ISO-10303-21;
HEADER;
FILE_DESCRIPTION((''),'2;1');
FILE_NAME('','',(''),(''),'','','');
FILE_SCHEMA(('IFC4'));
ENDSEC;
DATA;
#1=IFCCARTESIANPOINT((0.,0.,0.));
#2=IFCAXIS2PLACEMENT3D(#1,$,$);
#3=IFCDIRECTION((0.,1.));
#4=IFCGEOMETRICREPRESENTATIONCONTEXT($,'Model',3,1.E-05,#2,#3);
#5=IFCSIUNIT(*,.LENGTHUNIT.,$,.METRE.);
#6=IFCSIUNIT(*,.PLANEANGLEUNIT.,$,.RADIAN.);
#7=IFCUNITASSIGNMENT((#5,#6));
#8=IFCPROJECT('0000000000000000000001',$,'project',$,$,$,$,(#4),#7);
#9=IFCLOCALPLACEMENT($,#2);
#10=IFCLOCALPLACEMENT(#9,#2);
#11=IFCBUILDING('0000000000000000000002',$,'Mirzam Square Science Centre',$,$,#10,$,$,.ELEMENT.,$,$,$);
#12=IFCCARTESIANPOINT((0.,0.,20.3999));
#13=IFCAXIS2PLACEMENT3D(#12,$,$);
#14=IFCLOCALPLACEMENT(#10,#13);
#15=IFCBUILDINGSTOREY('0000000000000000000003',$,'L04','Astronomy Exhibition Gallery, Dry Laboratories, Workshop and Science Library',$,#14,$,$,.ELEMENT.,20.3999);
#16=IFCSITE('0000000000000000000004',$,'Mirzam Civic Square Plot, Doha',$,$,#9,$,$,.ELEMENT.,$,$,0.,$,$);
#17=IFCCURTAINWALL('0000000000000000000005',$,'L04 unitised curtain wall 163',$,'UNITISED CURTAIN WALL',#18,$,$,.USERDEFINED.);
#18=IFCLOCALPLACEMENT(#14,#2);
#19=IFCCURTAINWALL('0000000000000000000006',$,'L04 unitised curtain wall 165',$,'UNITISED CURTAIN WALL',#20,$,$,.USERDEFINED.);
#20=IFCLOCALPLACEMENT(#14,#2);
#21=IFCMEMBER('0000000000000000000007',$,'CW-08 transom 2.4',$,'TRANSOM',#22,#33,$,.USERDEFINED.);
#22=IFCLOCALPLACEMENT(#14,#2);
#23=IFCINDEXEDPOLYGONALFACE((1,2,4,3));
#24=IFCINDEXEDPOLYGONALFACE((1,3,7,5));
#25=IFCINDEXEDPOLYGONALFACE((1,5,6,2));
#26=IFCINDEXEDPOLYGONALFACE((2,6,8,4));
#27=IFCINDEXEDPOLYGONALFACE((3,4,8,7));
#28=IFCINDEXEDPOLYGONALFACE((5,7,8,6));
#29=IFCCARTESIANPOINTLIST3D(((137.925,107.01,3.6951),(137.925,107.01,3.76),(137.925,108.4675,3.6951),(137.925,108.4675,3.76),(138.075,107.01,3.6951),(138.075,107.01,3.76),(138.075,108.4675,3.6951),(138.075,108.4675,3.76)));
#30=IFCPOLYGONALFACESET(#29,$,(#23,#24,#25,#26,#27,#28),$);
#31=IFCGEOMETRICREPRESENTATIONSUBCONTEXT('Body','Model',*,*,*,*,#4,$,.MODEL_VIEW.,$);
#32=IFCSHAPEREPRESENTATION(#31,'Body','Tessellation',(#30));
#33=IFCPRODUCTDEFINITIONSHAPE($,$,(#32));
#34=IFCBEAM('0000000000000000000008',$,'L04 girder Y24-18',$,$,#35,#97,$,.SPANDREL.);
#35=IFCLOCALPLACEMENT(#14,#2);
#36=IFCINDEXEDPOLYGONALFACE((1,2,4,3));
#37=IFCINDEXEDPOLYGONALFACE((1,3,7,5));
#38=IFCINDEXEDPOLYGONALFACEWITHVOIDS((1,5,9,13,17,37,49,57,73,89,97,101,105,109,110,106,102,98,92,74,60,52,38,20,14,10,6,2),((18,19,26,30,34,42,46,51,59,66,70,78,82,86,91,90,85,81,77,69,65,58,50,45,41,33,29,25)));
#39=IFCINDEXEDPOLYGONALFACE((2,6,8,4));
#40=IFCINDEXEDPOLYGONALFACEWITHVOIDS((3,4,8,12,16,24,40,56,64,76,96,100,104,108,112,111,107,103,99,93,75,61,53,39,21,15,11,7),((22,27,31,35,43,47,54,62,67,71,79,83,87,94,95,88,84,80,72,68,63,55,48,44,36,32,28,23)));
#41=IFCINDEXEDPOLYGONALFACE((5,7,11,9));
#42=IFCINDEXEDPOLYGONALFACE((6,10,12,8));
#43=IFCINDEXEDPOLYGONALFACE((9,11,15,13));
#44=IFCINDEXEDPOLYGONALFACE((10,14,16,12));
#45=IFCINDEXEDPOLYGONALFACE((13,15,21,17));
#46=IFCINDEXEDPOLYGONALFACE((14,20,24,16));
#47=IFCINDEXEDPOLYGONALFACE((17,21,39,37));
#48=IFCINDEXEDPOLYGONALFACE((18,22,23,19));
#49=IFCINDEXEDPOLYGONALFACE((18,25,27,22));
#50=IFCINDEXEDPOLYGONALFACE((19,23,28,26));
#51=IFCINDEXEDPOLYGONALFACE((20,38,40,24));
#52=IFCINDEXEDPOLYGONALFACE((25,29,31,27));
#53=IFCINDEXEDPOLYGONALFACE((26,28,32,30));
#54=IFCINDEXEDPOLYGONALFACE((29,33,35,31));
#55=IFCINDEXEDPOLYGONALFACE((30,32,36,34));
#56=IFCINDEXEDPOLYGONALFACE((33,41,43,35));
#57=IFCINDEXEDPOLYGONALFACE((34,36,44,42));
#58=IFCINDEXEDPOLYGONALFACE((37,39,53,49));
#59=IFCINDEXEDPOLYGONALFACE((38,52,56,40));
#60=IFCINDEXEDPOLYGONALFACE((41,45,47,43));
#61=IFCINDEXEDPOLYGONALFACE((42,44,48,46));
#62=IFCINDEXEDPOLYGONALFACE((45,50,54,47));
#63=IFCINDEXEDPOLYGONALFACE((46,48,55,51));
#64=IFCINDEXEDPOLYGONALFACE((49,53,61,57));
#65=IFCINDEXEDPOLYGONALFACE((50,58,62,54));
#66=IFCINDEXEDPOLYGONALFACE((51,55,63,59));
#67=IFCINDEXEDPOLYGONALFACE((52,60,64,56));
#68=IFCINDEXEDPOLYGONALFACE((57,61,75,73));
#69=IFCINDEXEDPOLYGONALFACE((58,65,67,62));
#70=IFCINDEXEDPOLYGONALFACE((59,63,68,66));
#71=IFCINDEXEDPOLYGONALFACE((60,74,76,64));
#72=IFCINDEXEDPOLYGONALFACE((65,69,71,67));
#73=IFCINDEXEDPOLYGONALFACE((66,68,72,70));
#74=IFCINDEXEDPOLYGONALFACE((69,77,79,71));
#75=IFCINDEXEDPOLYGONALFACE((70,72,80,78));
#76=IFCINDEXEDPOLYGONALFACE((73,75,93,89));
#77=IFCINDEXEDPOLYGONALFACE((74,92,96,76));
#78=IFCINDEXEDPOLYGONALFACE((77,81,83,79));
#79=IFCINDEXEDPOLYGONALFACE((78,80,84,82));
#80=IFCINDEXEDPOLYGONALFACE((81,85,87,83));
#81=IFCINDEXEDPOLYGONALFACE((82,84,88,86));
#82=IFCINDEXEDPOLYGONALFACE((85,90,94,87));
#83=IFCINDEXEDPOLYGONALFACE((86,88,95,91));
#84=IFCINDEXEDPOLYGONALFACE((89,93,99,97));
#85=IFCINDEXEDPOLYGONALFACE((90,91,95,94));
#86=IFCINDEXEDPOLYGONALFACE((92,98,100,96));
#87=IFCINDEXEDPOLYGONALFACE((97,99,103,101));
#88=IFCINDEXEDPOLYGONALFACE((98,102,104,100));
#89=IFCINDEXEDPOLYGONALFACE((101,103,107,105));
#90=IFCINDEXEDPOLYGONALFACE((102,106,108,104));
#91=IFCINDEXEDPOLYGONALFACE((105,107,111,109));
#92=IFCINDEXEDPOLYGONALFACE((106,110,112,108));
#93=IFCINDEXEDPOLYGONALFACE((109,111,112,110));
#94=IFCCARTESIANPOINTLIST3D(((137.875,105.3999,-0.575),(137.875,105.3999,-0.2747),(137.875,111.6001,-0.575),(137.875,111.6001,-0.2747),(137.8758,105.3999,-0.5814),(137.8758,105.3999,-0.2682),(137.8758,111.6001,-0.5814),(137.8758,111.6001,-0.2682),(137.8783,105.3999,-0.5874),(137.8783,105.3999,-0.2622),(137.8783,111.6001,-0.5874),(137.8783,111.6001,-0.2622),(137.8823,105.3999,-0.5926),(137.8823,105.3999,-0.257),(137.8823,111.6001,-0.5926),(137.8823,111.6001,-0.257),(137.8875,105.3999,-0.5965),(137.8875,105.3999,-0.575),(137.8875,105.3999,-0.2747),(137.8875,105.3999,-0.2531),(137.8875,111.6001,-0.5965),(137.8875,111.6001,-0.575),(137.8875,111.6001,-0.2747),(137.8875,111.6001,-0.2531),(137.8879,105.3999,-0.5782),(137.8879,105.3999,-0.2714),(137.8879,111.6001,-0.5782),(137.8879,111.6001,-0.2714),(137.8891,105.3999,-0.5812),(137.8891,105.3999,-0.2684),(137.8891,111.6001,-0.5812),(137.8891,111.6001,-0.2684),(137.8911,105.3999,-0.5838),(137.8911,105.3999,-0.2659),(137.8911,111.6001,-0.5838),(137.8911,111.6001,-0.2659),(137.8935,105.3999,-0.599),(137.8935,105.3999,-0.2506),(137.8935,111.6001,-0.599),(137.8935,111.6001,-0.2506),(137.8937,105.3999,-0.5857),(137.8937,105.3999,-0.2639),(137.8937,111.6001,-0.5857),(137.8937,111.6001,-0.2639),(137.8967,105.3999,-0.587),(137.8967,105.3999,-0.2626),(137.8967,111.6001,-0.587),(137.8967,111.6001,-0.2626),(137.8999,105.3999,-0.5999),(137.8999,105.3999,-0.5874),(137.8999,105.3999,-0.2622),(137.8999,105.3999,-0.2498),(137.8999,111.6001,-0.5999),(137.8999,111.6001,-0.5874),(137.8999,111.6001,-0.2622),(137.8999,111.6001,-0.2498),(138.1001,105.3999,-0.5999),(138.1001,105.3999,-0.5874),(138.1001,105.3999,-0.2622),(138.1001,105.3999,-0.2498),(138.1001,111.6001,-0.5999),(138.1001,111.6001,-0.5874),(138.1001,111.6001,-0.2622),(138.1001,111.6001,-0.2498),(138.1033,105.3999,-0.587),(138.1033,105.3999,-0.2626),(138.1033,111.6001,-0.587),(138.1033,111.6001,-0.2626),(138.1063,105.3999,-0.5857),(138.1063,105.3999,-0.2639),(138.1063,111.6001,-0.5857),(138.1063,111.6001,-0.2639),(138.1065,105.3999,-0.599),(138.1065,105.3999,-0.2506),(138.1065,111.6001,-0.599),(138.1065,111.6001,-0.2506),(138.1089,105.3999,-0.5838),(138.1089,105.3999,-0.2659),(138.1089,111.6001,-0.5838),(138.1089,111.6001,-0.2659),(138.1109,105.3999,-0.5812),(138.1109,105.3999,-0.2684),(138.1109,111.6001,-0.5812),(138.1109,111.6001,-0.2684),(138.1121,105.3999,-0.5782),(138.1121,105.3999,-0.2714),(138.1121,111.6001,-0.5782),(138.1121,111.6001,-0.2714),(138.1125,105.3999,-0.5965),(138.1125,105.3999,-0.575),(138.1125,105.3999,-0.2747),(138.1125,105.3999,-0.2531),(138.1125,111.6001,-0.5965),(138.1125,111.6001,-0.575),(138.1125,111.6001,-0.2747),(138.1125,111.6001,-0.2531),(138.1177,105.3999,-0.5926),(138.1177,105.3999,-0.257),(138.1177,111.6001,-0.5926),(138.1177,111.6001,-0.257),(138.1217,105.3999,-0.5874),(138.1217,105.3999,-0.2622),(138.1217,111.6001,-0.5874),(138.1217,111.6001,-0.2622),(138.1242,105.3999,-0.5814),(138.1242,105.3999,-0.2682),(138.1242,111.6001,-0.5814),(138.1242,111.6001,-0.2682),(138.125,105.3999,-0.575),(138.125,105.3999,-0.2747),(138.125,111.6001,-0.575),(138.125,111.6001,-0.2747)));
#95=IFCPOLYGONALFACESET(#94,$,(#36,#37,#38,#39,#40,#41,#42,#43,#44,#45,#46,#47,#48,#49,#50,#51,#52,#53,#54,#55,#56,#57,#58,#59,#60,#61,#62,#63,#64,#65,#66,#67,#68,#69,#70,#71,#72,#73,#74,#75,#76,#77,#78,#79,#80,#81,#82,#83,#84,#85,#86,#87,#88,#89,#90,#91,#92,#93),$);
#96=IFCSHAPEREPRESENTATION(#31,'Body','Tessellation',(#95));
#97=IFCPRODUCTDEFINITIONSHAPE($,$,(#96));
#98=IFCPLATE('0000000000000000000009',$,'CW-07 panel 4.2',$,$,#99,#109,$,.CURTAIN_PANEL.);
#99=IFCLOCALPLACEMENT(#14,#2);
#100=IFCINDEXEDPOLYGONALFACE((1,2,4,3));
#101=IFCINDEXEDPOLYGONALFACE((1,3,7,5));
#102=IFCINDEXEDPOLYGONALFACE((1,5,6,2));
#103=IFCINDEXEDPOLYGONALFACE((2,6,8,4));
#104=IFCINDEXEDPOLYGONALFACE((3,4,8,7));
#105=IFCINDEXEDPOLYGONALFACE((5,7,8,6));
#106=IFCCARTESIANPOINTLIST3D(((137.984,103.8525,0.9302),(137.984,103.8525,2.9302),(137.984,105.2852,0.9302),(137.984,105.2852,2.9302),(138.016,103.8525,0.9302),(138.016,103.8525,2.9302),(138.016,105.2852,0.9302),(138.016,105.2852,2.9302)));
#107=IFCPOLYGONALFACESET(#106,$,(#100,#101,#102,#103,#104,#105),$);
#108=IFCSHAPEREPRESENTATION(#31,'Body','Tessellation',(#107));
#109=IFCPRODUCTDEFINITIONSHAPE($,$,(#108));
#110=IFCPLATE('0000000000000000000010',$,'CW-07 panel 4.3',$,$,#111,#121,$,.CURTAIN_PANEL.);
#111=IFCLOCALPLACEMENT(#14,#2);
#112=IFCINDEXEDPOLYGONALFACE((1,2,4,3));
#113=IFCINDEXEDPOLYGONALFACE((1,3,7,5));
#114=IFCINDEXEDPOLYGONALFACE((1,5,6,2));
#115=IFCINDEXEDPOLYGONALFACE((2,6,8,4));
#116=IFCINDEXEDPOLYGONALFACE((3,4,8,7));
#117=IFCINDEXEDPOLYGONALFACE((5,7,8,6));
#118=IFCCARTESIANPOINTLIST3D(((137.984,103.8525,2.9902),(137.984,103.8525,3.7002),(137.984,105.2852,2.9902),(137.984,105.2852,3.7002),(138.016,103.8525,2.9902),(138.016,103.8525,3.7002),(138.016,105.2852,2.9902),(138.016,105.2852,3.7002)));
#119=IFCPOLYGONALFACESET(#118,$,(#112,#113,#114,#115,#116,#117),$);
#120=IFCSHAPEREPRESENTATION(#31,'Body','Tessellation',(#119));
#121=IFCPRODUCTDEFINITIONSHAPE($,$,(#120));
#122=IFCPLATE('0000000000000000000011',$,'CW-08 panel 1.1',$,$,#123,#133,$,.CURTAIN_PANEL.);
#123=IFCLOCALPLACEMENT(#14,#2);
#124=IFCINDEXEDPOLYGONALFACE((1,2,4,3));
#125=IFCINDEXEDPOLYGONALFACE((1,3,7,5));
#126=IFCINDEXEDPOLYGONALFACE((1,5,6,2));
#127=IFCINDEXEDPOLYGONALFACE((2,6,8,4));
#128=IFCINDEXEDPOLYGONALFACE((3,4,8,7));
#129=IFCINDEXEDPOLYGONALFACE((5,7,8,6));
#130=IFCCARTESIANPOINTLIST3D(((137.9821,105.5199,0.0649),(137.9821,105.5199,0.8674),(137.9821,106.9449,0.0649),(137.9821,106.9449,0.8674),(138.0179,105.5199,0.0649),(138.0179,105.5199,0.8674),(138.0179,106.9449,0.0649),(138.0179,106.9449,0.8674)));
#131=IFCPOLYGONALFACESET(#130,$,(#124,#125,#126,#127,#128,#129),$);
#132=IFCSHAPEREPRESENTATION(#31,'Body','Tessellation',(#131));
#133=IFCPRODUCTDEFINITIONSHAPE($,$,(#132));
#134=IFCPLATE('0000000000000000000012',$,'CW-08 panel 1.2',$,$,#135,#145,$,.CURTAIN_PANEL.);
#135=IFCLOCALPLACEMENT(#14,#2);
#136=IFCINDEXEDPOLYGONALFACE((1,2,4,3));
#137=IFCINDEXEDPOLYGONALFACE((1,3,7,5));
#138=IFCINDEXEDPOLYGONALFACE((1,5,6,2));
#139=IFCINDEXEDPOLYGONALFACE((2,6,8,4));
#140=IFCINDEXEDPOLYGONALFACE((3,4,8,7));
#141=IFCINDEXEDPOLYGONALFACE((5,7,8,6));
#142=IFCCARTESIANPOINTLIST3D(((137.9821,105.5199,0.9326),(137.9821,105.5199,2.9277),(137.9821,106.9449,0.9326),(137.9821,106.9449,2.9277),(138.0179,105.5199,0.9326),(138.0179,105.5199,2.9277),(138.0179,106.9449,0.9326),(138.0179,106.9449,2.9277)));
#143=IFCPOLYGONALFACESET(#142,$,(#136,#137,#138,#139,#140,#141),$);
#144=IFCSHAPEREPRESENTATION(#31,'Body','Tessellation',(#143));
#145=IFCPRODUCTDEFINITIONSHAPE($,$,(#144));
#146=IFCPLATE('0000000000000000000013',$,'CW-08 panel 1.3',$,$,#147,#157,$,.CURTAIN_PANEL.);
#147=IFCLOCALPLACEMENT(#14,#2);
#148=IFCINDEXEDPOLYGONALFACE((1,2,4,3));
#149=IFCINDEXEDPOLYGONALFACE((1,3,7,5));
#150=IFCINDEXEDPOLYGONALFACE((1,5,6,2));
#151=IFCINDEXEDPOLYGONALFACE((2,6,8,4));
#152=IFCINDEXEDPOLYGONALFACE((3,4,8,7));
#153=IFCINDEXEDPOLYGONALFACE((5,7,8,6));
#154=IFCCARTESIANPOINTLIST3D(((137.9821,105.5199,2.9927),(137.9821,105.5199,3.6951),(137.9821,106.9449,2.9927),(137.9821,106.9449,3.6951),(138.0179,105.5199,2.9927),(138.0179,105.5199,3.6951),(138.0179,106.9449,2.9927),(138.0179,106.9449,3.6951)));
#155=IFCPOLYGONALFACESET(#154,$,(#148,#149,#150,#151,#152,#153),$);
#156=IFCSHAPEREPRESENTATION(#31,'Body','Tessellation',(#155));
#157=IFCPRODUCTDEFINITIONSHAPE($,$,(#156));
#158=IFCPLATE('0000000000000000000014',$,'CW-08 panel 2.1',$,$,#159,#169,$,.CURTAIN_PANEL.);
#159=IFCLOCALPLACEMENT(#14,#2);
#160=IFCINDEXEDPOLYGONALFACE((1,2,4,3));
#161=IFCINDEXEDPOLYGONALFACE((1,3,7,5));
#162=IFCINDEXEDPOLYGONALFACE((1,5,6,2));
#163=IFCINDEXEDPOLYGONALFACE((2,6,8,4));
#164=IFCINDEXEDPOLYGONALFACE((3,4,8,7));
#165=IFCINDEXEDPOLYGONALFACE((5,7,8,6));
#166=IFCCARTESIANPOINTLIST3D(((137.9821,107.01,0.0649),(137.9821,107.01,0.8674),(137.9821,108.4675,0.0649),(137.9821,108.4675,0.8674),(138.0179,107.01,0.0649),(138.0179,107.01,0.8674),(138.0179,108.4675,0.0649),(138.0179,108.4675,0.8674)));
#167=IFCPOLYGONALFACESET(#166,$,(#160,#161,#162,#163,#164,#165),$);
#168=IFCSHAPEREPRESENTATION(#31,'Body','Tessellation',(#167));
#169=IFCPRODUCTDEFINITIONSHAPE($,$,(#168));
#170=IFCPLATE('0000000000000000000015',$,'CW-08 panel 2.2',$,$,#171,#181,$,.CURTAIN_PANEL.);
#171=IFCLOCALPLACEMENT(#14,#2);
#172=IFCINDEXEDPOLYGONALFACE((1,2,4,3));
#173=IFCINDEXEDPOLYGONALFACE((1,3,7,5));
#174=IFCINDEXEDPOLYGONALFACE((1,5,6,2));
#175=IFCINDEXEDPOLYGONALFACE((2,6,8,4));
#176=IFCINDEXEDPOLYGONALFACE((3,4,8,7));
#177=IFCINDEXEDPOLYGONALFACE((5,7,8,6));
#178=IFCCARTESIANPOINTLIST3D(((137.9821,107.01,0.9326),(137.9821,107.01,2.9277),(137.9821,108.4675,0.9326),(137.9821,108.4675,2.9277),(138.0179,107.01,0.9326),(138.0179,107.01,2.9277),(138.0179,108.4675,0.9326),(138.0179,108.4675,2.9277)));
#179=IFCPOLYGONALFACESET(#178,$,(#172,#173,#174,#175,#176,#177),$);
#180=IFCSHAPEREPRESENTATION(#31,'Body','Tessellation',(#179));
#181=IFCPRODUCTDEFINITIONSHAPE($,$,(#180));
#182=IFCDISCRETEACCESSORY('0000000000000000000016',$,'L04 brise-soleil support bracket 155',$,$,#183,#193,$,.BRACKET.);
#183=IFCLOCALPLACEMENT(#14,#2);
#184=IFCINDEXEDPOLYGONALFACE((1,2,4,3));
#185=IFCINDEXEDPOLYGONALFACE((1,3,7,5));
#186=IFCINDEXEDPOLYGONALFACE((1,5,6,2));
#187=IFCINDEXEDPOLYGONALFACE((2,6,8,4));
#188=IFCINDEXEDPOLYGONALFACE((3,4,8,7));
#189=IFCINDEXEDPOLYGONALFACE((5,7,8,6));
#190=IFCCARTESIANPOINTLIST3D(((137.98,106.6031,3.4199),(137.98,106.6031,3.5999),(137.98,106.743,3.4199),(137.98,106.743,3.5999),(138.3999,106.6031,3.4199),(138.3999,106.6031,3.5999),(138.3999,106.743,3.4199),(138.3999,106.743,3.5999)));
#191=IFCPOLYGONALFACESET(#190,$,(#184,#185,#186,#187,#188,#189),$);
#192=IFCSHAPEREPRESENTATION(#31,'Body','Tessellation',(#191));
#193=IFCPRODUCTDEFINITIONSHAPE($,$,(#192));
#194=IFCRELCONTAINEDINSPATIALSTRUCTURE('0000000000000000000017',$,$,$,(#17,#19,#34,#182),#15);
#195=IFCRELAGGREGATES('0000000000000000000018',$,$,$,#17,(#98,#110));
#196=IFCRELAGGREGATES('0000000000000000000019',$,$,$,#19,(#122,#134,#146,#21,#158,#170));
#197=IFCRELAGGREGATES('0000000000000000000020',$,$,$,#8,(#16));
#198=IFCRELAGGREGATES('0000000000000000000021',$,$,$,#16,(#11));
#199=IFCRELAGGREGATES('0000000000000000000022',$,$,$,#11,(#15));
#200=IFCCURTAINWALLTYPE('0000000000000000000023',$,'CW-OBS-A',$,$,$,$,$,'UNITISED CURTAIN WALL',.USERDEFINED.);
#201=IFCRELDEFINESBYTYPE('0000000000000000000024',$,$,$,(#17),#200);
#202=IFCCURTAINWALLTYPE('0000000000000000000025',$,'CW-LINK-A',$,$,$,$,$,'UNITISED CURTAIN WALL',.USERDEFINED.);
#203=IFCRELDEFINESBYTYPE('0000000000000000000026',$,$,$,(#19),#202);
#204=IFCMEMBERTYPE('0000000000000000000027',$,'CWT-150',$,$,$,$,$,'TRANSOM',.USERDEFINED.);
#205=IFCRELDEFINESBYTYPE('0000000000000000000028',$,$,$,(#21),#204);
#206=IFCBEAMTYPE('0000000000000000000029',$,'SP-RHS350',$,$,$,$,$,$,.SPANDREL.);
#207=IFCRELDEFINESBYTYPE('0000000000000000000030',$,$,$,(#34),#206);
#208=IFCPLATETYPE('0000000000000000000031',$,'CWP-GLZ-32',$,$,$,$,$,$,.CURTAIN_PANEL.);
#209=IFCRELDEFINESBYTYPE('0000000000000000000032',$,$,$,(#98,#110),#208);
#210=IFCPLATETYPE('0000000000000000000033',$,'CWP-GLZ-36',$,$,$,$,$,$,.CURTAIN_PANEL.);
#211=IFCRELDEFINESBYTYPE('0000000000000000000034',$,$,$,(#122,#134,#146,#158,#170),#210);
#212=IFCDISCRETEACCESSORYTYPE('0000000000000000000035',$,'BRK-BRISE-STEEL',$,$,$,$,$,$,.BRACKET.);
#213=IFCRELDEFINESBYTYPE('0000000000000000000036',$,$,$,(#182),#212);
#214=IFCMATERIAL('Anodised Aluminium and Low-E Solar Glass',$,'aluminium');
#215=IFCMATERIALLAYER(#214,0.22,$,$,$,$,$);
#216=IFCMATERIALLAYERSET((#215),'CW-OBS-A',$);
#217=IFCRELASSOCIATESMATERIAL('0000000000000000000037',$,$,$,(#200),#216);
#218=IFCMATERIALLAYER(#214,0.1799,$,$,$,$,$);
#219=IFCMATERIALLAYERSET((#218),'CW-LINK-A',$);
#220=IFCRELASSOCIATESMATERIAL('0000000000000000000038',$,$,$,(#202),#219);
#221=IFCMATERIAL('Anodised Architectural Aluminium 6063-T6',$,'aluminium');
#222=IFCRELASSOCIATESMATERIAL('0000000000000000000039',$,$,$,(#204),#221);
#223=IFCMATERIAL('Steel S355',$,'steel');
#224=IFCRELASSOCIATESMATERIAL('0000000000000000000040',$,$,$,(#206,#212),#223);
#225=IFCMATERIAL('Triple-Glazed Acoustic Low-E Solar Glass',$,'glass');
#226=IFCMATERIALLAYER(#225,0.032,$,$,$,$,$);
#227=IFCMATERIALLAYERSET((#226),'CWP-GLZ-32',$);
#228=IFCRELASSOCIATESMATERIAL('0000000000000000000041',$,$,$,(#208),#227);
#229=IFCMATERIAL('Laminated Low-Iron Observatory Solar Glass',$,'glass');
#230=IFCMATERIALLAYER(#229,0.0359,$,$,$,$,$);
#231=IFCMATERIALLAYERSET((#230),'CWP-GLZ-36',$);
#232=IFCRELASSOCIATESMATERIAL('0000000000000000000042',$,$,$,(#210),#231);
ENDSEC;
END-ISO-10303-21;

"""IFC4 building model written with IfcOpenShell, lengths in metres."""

from ifc_helpers import new_model, si_unit, direction, frame, origin, origin_2d, place, context, subcontext, project, spatial, rectangle, hollow_rectangle, extrude, material, layer, layer_set, material_profile, profile_set, type_object, element, aggregate, save


model = new_model("IFC4")

# Units and contexts
model_context = context("Model", 3, precision=1e-05, world=origin(), true_north=direction((0.0, 1.0)))
body_context = subcontext(model_context, "Body", "Model", "MODEL_VIEW")
ifc_project = project(units=[si_unit("LENGTHUNIT", "METRE"), si_unit("PLANEANGLEUNIT", "RADIAN")], contexts=[model_context])

# Site, building, storey
site_placement = place(None, origin())
site = spatial("IfcSite", under=ifc_project, at=site_placement, Name="Mirzam Civic Square Plot, Doha", CompositionType="ELEMENT", RefElevation=0.0)
building_placement = place(site_placement, origin())
building = spatial("IfcBuilding", under=site, at=building_placement, Name="Mirzam Square Science Centre", CompositionType="ELEMENT")
storey_placement = place(building_placement, frame((0.0, 0.0, 20.3999)))
storey = spatial("IfcBuildingStorey", under=building, at=storey_placement, Name="L04", Description="Astronomy Exhibition Gallery, Dry Laboratories, Workshop and Science Library", CompositionType="ELEMENT", Elevation=20.3999)

# Shared definitions
ifc_material_1 = material(Name="Steel S355", Category="steel")

# Curtain wall
ifc_material_2 = material(Name="Anodised Aluminium and Low-E Solar Glass", Category="aluminium")
ifc_layer_1 = layer(ifc_material_2, 0.22)
ifc_layer_set_1 = layer_set([ifc_layer_1], Name="CW-OBS-A")
curtain_wall_type_1 = type_object("IfcCurtainWallType", Name="CW-OBS-A", ElementType="UNITISED CURTAIN WALL", PredefinedType="USERDEFINED", material=ifc_layer_set_1)
curtain_wall_1_placement = place(storey_placement, origin())
curtain_wall_1 = element("IfcCurtainWall", 1, at=curtain_wall_1_placement, inside=storey, type_object=curtain_wall_type_1, Name="L04 unitised curtain wall 163", ObjectType="UNITISED CURTAIN WALL", PredefinedType="USERDEFINED")
ifc_material_3 = material(Name="Anodised Architectural Aluminium 6063-T6", Category="aluminium")

# Curtain wall, member
ifc_layer_2 = layer(ifc_material_2, 0.1799)
ifc_layer_set_2 = layer_set([ifc_layer_2], Name="CW-LINK-A")
curtain_wall_type_2 = type_object("IfcCurtainWallType", Name="CW-LINK-A", ElementType="UNITISED CURTAIN WALL", PredefinedType="USERDEFINED", material=ifc_layer_set_2)
curtain_wall_2_placement = place(storey_placement, origin())
curtain_wall_2 = element("IfcCurtainWall", 2, at=curtain_wall_2_placement, inside=storey, type_object=curtain_wall_type_2, Name="L04 unitised curtain wall 165", ObjectType="UNITISED CURTAIN WALL", PredefinedType="USERDEFINED")
ifc_material_profile_1 = material_profile(ifc_material_3, rectangle(XDim=0.1499, YDim=0.0649, at=origin_2d()), Name="ALU-TRAN-150x65x4")
ifc_profile_set_1 = profile_set([ifc_material_profile_1], Name="Anodised Architectural Aluminium 6063-T6")
member_type_1 = type_object("IfcMemberType", Name="CWT-150", ElementType="TRANSOM", PredefinedType="USERDEFINED", material=ifc_profile_set_1)
member_1_placement = place(storey_placement, frame((138.0, 107.01, 3.7275), z_axis=(0.0, 1.0, 0.0), x_axis=(-1.0, 0.0, 0.0)))
member_1 = element("IfcMember", 3, at=member_1_placement, type_object=member_type_1, Name="CW-08 transom 2.4", ObjectType="TRANSOM", PredefinedType="USERDEFINED", context=body_context, shape_type="SweptSolid", body=[
    extrude(rectangle(XDim=0.1499, YDim=0.0649, at=origin_2d()), origin(), (0.0, 0.0, 1.0), 1.4575),
])

# Beam
ifc_material_profile_2 = material_profile(ifc_material_1, hollow_rectangle(XDim=0.25, YDim=0.3501, WallThickness=0.0125, InnerFilletRadius=0.0125, OuterFilletRadius=0.0249, at=origin_2d()), Name="350x250x12.5RHS")
ifc_profile_set_2 = profile_set([ifc_material_profile_2], Name="Steel S355")
beam_type = type_object("IfcBeamType", Name="SP-RHS350", PredefinedType="SPANDREL", material=ifc_profile_set_2)
beam_placement = place(storey_placement, frame((138.0, 105.3999, -0.4248), z_axis=(0.0, 1.0, 0.0), x_axis=(-1.0, 0.0, 0.0)))
element("IfcBeam", 4, at=beam_placement, inside=storey, type_object=beam_type, Name="L04 girder Y24-18", PredefinedType="SPANDREL", context=body_context, shape_type="SweptSolid", body=[
    extrude(hollow_rectangle(XDim=0.25, YDim=0.3501, WallThickness=0.0125, InnerFilletRadius=0.0125, OuterFilletRadius=0.0249, at=origin_2d()), origin(), (0.0, 0.0, 1.0), 6.2002),
])

# Plates
ifc_material_4 = material(Name="Triple-Glazed Acoustic Low-E Solar Glass", Category="glass")
ifc_layer_3 = layer(ifc_material_4, 0.032)
ifc_layer_set_3 = layer_set([ifc_layer_3], Name="CWP-GLZ-32")
plate_type_1 = type_object("IfcPlateType", Name="CWP-GLZ-32", PredefinedType="CURTAIN_PANEL", material=ifc_layer_set_3)
plate_1_placement = place(storey_placement, frame((138.0, 104.5688, 0.9302), z_axis=(0.0, 0.0, 1.0), x_axis=(0.0, 1.0, 0.0)))
plate_1 = element("IfcPlate", 5, at=plate_1_placement, type_object=plate_type_1, Name="CW-07 panel 4.2", PredefinedType="CURTAIN_PANEL", context=body_context, shape_type="SweptSolid", body=[
    extrude(rectangle(XDim=1.4326, YDim=0.032, at=origin_2d()), origin(), (0.0, 0.0, 1.0), 2.0),
])
plate_2_placement = place(storey_placement, frame((138.0, 104.5688, 2.9902), z_axis=(0.0, 0.0, 1.0), x_axis=(0.0, 1.0, 0.0)))
plate_2 = element("IfcPlate", 6, at=plate_2_placement, type_object=plate_type_1, Name="CW-07 panel 4.3", PredefinedType="CURTAIN_PANEL", context=body_context, shape_type="SweptSolid", body=[
    extrude(rectangle(XDim=1.4326, YDim=0.032, at=origin_2d()), origin(), (0.0, 0.0, 1.0), 0.71),
])
aggregate(curtain_wall_1, [plate_1, plate_2])
ifc_material_5 = material(Name="Laminated Low-Iron Observatory Solar Glass", Category="glass")
ifc_layer_4 = layer(ifc_material_5, 0.0359)
ifc_layer_set_4 = layer_set([ifc_layer_4], Name="CWP-GLZ-36")
plate_type_2 = type_object("IfcPlateType", Name="CWP-GLZ-36", PredefinedType="CURTAIN_PANEL", material=ifc_layer_set_4)
plate_3_placement = place(storey_placement, frame((138.0, 106.2324, 0.0649), z_axis=(0.0, 0.0, 1.0), x_axis=(0.0, 1.0, 0.0)))
plate_3 = element("IfcPlate", 7, at=plate_3_placement, type_object=plate_type_2, Name="CW-08 panel 1.1", PredefinedType="CURTAIN_PANEL", context=body_context, shape_type="SweptSolid", body=[
    extrude(rectangle(XDim=1.425, YDim=0.0359, at=origin_2d()), origin(), (0.0, 0.0, 1.0), 0.8025),
])
plate_4_placement = place(storey_placement, frame((138.0, 106.2324, 0.9326), z_axis=(0.0, 0.0, 1.0), x_axis=(0.0, 1.0, 0.0)))
plate_4 = element("IfcPlate", 8, at=plate_4_placement, type_object=plate_type_2, Name="CW-08 panel 1.2", PredefinedType="CURTAIN_PANEL", context=body_context, shape_type="SweptSolid", body=[
    extrude(rectangle(XDim=1.425, YDim=0.0359, at=origin_2d()), origin(), (0.0, 0.0, 1.0), 1.9951),
])
plate_5_placement = place(storey_placement, frame((138.0, 106.2324, 2.9927), z_axis=(0.0, 0.0, 1.0), x_axis=(0.0, 1.0, 0.0)))
plate_5 = element("IfcPlate", 9, at=plate_5_placement, type_object=plate_type_2, Name="CW-08 panel 1.3", PredefinedType="CURTAIN_PANEL", context=body_context, shape_type="SweptSolid", body=[
    extrude(rectangle(XDim=1.425, YDim=0.0359, at=origin_2d()), origin(), (0.0, 0.0, 1.0), 0.7024),
])
plate_6_placement = place(storey_placement, frame((138.0, 107.7388, 0.0649), z_axis=(0.0, 0.0, 1.0), x_axis=(0.0, 1.0, 0.0)))
plate_6 = element("IfcPlate", 10, at=plate_6_placement, type_object=plate_type_2, Name="CW-08 panel 2.1", PredefinedType="CURTAIN_PANEL", context=body_context, shape_type="SweptSolid", body=[
    extrude(rectangle(XDim=1.4575, YDim=0.0359, at=origin_2d()), origin(), (0.0, 0.0, 1.0), 0.8025),
])
plate_7_placement = place(storey_placement, frame((138.0, 107.7388, 0.9326), z_axis=(0.0, 0.0, 1.0), x_axis=(0.0, 1.0, 0.0)))
plate_7 = element("IfcPlate", 11, at=plate_7_placement, type_object=plate_type_2, Name="CW-08 panel 2.2", PredefinedType="CURTAIN_PANEL", context=body_context, shape_type="SweptSolid", body=[
    extrude(rectangle(XDim=1.4575, YDim=0.0359, at=origin_2d()), origin(), (0.0, 0.0, 1.0), 1.9951),
])
aggregate(curtain_wall_2, [plate_3, plate_4, plate_5, member_1, plate_6, plate_7])

# Discrete accessory
discrete_accessory_type = type_object("IfcDiscreteAccessoryType", Name="BRK-BRISE-STEEL", PredefinedType="BRACKET", material=ifc_material_1)
discrete_accessory_placement = place(storey_placement, frame((138.1899, 106.6731, 3.4199), z_axis=(0.0, 0.0, 1.0), x_axis=(0.0, 1.0, 0.0)))
element("IfcDiscreteAccessory", 12, at=discrete_accessory_placement, inside=storey, type_object=discrete_accessory_type, Name="L04 brise-soleil support bracket 155", PredefinedType="BRACKET", context=body_context, shape_type="SweptSolid", body=[
    extrude(rectangle(XDim=0.1399, YDim=0.4199, at=origin_2d()), origin(), (0.0, 0.0, 1.0), 0.1799),
])

save(model, "model.ifc")
